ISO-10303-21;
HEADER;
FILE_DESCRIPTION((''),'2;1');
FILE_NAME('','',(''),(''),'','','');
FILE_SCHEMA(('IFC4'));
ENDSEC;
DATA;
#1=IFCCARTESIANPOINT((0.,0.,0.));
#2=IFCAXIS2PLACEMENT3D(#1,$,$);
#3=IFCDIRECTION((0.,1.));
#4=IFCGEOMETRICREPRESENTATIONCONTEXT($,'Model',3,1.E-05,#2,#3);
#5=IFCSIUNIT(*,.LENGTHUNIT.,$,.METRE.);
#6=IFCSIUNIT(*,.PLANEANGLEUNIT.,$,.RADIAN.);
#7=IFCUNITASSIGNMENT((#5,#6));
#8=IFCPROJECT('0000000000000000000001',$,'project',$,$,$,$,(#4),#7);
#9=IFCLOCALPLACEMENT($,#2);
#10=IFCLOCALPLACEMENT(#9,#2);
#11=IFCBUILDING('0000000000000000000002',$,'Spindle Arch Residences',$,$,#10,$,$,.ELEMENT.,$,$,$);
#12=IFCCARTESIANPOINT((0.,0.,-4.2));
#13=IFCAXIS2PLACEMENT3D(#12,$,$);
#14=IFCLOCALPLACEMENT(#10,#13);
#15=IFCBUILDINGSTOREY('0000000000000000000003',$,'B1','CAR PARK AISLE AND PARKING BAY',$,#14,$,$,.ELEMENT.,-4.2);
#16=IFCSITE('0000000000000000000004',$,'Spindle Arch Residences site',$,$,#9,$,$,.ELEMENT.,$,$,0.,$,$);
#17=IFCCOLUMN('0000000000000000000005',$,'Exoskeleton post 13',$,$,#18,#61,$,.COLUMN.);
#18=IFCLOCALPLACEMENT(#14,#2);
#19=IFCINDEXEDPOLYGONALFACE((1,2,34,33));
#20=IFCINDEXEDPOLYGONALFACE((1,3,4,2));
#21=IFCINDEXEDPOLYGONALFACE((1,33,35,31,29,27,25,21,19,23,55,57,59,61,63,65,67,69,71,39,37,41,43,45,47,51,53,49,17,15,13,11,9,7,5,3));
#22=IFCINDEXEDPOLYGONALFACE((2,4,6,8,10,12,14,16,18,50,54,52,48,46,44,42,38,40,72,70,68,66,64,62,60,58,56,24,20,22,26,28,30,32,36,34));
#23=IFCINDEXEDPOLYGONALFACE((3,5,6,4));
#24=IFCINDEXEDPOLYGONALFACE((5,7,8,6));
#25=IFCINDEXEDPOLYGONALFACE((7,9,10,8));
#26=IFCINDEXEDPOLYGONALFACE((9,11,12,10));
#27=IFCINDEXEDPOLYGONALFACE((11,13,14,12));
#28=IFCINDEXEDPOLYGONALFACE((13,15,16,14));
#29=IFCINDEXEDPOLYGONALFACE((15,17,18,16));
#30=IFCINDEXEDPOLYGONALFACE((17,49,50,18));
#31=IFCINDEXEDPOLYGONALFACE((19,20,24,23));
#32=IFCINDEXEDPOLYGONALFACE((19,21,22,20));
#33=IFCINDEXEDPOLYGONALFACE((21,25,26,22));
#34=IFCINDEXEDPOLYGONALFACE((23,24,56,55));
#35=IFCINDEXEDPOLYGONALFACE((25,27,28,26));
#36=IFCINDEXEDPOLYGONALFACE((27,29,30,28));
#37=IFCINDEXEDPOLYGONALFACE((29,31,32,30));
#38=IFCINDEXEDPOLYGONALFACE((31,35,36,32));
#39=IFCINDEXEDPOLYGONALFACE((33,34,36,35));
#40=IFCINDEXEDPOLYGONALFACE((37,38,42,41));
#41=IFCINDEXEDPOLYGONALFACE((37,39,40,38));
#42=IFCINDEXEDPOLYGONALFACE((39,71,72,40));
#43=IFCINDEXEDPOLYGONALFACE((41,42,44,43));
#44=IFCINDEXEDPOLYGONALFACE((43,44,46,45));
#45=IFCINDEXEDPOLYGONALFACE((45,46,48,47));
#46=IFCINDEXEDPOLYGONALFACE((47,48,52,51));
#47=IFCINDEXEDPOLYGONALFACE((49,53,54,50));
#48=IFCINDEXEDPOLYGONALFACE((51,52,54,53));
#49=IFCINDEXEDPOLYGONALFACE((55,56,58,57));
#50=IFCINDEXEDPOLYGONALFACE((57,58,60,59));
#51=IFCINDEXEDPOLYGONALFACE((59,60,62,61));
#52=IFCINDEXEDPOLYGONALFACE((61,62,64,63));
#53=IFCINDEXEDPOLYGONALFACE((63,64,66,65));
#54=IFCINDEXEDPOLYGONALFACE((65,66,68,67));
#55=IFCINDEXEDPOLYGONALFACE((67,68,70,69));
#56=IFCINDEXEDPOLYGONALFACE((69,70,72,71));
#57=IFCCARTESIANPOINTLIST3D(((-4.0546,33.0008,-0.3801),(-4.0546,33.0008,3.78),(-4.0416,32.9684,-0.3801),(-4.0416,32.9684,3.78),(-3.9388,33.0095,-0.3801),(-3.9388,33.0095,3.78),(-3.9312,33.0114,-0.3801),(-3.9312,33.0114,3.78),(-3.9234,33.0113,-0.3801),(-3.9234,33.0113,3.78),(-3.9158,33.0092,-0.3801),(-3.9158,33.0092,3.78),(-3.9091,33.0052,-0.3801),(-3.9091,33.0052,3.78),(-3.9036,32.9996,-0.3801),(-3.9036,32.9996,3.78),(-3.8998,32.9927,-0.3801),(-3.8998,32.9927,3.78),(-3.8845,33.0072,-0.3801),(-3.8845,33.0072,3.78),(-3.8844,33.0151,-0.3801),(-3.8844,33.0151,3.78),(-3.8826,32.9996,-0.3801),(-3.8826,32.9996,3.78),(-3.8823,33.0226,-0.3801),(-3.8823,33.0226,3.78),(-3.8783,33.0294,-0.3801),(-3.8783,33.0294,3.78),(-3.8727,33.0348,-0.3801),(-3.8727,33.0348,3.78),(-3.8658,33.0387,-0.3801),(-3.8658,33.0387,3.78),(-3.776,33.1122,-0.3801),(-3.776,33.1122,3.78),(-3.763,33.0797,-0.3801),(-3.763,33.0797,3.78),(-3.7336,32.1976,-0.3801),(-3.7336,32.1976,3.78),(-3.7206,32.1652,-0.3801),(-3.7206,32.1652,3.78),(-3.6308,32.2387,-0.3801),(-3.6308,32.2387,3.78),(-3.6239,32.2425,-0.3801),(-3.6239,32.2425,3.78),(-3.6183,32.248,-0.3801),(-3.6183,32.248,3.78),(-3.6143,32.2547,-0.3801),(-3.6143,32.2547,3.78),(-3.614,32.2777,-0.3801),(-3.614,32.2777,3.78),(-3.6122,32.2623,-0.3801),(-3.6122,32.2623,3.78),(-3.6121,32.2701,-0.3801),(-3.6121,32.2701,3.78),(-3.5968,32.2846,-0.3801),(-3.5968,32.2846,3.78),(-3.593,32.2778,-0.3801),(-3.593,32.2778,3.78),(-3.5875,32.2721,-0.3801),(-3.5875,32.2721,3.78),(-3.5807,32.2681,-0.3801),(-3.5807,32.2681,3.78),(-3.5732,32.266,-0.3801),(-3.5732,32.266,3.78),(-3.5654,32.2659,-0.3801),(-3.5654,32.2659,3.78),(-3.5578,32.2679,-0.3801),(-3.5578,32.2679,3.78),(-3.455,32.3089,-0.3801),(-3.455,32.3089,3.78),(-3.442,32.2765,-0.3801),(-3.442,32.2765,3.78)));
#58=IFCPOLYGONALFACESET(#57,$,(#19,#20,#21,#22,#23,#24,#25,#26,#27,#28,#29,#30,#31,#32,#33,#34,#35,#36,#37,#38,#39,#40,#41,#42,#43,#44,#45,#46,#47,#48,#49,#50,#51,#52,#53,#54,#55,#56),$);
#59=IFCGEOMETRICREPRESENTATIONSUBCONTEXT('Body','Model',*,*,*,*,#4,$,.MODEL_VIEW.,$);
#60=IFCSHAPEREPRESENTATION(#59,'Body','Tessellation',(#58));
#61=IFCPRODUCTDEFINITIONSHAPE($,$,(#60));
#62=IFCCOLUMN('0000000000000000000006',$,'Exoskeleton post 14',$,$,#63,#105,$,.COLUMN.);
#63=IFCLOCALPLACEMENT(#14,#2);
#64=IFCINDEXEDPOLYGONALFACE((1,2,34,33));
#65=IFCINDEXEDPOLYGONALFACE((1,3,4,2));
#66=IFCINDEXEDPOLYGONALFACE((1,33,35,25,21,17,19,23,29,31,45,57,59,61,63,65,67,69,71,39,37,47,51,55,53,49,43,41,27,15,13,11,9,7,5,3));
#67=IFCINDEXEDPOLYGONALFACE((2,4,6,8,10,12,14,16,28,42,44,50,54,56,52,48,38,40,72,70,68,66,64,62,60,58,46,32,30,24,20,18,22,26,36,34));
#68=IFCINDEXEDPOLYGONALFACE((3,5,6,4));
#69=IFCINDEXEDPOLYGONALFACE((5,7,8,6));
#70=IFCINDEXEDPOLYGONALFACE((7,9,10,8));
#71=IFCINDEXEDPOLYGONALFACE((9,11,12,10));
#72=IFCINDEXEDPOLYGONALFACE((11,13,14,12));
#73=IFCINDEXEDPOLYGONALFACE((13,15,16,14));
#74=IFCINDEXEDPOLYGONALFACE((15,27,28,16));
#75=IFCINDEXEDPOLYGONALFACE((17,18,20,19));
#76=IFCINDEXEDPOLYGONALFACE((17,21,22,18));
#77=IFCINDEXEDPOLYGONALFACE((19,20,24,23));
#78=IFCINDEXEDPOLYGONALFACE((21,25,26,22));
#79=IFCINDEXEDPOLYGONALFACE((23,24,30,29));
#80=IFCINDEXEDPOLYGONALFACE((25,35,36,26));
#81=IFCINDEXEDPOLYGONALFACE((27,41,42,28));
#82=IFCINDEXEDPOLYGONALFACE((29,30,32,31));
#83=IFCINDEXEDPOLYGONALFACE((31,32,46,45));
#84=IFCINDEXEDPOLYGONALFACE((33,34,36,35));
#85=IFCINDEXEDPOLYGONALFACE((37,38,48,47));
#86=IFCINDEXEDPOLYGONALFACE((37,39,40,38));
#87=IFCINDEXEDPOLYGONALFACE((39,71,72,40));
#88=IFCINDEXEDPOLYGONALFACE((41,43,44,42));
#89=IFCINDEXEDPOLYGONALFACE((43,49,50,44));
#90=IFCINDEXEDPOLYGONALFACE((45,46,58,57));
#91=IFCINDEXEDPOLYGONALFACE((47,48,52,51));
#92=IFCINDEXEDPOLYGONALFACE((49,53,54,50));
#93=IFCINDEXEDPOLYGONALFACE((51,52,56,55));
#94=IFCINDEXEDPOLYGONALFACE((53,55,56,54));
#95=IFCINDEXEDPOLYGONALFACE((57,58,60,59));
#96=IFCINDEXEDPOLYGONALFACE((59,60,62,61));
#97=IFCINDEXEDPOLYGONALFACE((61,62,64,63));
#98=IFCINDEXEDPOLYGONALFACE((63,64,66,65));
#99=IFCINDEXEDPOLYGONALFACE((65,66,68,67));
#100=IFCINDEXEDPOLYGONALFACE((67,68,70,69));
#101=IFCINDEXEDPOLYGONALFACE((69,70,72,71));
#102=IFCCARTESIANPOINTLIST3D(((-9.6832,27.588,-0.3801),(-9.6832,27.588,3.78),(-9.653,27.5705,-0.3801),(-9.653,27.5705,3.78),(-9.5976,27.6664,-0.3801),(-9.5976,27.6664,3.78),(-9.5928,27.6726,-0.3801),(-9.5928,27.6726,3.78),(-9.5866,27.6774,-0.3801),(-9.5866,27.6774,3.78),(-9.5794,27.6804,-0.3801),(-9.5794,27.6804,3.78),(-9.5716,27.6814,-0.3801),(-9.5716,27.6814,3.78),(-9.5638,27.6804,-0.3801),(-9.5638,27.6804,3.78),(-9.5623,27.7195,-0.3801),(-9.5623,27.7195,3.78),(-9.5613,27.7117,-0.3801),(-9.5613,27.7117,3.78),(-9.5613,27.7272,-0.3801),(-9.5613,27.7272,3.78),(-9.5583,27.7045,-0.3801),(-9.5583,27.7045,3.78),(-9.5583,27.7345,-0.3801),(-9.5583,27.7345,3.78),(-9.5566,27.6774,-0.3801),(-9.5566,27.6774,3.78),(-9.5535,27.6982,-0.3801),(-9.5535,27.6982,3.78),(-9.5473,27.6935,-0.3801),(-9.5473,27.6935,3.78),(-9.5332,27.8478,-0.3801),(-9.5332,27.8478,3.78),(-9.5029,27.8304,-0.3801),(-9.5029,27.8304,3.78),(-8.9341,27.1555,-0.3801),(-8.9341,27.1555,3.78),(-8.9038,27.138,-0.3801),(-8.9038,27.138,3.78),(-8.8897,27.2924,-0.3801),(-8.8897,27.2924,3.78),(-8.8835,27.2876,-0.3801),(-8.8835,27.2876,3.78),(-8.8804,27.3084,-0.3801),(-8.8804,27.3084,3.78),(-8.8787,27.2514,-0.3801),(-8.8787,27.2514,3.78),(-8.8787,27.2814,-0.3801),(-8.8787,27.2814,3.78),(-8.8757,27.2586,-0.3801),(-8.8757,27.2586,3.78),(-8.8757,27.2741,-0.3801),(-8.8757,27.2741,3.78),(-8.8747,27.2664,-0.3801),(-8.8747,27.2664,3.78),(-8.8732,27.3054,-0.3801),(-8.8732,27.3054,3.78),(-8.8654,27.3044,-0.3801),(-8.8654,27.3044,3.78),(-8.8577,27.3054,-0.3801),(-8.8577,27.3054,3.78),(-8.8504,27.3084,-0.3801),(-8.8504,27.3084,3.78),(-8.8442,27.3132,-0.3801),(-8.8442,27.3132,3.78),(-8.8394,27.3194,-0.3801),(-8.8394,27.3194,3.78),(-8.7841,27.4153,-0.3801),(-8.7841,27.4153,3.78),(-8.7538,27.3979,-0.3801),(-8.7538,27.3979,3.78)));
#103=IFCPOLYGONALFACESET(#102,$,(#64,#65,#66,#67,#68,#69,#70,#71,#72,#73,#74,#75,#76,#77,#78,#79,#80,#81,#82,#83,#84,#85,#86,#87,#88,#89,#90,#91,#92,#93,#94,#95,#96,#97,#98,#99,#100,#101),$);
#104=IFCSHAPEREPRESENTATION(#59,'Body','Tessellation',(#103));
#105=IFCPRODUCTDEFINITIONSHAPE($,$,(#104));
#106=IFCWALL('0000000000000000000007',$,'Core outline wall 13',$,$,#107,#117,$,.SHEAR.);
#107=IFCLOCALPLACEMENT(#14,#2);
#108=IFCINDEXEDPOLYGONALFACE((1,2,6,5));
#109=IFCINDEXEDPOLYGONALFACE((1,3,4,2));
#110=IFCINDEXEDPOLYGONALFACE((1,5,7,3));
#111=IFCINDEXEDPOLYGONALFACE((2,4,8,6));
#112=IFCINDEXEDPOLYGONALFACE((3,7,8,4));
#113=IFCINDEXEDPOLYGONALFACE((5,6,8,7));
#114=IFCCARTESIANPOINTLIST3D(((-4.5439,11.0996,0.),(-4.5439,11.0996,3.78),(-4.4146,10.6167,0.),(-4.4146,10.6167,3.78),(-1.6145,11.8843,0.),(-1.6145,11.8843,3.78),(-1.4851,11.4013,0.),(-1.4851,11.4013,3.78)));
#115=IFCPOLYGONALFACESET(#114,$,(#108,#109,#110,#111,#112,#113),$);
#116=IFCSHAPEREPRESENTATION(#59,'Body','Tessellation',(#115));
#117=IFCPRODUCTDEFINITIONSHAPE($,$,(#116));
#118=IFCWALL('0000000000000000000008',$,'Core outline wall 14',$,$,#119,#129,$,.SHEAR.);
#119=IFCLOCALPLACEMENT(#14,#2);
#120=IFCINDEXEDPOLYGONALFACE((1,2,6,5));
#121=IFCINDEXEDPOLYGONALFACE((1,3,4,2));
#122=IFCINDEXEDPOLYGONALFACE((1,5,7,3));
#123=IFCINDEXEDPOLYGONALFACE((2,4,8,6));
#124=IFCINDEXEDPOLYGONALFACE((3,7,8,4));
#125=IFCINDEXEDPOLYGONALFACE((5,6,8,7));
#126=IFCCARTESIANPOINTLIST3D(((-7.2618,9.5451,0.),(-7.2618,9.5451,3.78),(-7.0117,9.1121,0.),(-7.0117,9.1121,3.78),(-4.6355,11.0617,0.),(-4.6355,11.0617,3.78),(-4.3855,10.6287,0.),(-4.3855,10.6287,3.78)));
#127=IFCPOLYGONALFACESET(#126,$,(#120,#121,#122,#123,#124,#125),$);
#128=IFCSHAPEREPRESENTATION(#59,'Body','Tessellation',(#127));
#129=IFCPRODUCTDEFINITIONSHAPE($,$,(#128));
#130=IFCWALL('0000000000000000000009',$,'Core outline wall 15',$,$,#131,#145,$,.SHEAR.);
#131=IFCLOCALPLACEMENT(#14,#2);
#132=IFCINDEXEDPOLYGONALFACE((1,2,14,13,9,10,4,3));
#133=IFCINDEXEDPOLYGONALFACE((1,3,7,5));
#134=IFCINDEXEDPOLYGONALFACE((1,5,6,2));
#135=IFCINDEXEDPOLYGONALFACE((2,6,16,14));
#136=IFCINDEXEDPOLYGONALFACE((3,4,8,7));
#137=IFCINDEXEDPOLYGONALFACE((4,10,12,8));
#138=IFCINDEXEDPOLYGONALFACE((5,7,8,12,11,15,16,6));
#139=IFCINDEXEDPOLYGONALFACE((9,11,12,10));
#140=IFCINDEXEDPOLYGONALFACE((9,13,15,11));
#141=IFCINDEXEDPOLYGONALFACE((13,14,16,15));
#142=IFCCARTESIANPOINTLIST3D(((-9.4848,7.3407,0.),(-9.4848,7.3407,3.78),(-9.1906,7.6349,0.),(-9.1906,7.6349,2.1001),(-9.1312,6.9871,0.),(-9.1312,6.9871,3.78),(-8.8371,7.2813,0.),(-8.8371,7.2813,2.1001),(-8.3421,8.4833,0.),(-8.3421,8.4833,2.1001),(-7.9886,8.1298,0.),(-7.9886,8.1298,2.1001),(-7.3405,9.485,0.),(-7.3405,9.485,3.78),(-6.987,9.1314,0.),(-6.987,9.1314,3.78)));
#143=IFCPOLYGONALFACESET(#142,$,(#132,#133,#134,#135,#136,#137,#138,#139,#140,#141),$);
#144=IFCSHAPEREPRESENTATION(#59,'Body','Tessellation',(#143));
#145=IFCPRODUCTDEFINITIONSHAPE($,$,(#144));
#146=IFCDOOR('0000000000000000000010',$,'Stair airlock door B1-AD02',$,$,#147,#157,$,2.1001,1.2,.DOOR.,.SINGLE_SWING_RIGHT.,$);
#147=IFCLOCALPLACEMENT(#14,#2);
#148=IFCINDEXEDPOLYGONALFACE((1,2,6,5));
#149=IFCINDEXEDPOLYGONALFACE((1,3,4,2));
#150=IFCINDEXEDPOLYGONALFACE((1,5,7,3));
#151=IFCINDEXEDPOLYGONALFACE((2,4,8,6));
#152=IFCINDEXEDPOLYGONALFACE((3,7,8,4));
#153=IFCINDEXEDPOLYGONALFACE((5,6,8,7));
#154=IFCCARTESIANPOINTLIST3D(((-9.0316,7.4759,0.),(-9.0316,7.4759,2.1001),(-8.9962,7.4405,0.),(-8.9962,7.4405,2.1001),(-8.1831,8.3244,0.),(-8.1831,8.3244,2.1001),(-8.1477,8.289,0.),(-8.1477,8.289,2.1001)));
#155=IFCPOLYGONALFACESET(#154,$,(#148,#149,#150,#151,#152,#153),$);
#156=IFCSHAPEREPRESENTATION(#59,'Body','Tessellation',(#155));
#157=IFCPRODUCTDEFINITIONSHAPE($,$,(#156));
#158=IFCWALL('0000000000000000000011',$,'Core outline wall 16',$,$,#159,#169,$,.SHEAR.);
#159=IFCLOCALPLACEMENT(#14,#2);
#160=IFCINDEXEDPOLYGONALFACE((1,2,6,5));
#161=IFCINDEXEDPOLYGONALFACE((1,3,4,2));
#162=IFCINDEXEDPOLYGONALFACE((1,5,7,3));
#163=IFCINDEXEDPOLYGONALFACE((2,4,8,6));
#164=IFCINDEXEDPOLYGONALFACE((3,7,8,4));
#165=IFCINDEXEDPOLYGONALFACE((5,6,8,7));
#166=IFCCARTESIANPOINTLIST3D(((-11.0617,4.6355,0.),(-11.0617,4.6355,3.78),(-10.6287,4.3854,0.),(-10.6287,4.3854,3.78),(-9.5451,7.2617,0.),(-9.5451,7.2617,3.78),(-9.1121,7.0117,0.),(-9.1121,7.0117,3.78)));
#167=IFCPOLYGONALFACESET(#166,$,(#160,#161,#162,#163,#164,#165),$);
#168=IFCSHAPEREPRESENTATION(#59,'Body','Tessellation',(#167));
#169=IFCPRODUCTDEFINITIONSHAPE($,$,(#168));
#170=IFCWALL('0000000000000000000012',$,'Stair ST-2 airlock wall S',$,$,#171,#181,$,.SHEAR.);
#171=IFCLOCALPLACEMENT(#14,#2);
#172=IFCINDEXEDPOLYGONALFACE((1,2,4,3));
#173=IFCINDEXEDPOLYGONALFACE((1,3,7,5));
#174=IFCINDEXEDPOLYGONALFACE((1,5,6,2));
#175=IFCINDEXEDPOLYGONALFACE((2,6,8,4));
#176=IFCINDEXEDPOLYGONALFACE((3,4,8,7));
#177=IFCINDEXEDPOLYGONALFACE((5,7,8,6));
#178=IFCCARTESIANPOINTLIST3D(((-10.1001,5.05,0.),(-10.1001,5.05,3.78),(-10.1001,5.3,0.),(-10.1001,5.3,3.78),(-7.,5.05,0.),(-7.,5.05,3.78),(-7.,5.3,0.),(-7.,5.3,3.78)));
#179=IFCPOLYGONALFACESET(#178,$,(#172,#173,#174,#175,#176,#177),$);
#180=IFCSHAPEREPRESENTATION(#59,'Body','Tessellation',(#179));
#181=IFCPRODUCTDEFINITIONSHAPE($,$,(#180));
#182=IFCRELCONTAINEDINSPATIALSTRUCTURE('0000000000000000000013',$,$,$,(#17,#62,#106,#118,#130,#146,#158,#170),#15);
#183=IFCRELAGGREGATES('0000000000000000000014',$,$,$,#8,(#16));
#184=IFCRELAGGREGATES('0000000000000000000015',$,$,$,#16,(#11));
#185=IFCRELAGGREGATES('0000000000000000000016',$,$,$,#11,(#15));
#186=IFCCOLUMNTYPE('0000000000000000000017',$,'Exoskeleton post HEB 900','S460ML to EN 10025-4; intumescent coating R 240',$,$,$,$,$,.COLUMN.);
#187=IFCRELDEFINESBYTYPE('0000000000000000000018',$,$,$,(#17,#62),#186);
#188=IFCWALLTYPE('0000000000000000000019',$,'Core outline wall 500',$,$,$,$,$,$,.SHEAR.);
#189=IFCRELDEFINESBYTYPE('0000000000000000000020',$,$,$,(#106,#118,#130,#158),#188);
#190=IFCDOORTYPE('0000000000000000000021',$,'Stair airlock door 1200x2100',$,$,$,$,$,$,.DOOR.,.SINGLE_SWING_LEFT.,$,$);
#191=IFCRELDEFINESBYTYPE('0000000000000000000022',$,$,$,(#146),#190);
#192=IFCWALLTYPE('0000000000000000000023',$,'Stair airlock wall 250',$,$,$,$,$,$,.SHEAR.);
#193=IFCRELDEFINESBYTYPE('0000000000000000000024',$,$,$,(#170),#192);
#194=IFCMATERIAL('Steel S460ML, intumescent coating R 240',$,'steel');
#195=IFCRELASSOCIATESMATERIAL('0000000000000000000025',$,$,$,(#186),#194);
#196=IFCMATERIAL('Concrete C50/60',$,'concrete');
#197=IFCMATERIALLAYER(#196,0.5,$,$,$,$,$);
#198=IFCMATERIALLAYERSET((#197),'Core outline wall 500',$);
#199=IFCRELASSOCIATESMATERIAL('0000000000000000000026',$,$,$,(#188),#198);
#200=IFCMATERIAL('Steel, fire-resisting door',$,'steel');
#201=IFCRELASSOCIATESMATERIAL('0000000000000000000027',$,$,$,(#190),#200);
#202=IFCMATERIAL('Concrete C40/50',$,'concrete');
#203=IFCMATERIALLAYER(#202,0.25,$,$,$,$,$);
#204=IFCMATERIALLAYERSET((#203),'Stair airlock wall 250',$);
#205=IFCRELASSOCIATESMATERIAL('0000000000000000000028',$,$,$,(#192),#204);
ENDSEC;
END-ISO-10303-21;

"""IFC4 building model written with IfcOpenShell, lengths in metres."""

from ifc_helpers import new_model, si_unit, direction, frame, frame_2d, origin, origin_2d, place, context, subcontext, project, spatial, rectangle, i_section, extrude, material, layer, layer_set, material_profile, profile_set, type_object, element, fill, save


model = new_model("IFC4")

# Units and contexts
model_context = context("Model", 3, precision=1e-05, world=origin(), true_north=direction((0.0, 1.0)))
body_context = subcontext(model_context, "Body", "Model", "MODEL_VIEW")
ifc_project = project(units=[si_unit("LENGTHUNIT", "METRE"), si_unit("PLANEANGLEUNIT", "RADIAN")], contexts=[model_context])

# Site, building, storey
site_placement = place(None, origin())
site = spatial("IfcSite", under=ifc_project, at=site_placement, Name="Spindle Arch Residences site", CompositionType="ELEMENT", RefElevation=0.0)
building_placement = place(site_placement, origin())
building = spatial("IfcBuilding", under=site, at=building_placement, Name="Spindle Arch Residences", CompositionType="ELEMENT")
storey_placement = place(building_placement, frame((0.0, 0.0, -4.2)))
storey = spatial("IfcBuildingStorey", under=building, at=storey_placement, Name="B1", Description="CAR PARK AISLE AND PARKING BAY", CompositionType="ELEMENT", Elevation=-4.2)

# Columns
ifc_material_1 = material(Name="Steel S460ML, intumescent coating R 240", Category="steel")
ifc_material_profile = material_profile(ifc_material_1, i_section(OverallWidth=0.3, OverallDepth=0.8999, WebThickness=0.0186, FlangeThickness=0.0349, FilletRadius=0.03, at=origin_2d()), Name="HEB 900")
ifc_profile_set = profile_set([ifc_material_profile], Name="Steel S460ML, intumescent coating R 240")
column_type = type_object("IfcColumnType", Name="Exoskeleton post HEB 900", Description="S460ML to EN 10025-4; intumescent coating R 240", PredefinedType="COLUMN", material=ifc_profile_set)
for number, where, z_axis, x_axis, name in (
    (1, (-3.7483, 32.6387, -0.3801), (0.0, 0.0, 1.0), (0.92859, 0.371108, 0.0), "Exoskeleton post 13"),
    (2, (-9.2185, 27.4929, -0.3801), (0.0, 0.0, 1.0), (0.5, 0.866025, 0.0), "Exoskeleton post 14"),
):
    element("IfcColumn", number, at=place(storey_placement, frame(where, z_axis=z_axis, x_axis=x_axis)), inside=storey, type_object=column_type, Name=name, PredefinedType="COLUMN", context=body_context, shape_type="SweptSolid", body=[
        extrude(i_section(OverallWidth=0.3, OverallDepth=0.8999, WebThickness=0.0186, FlangeThickness=0.0349, FilletRadius=0.03, at=origin_2d()), origin(), (0.0, 0.0, 1.0), 4.1602),
    ])

# Walls
ifc_material_2 = material(Name="Concrete C50/60", Category="concrete")
ifc_layer_1 = layer(ifc_material_2, 0.5)
ifc_layer_set_1 = layer_set([ifc_layer_1], Name="Core outline wall 500")
wall_type_1 = type_object("IfcWallType", Name="Core outline wall 500", PredefinedType="SHEAR", material=ifc_layer_set_1)
for number, where, z_axis, x_axis, name in (
    (3, (-1.5498, 11.6428, 0.0), (0.0, 0.0, 1.0), (-0.965948, -0.258735, 0.0), "Core outline wall 13"),
    (4, (-4.5105, 10.8452, 0.0), (0.0, 0.0, 1.0), (-0.865975, -0.500087, 0.0), "Core outline wall 14"),
):
    element("IfcWall", number, at=place(storey_placement, frame(where, z_axis=z_axis, x_axis=x_axis)), inside=storey, type_object=wall_type_1, Name=name, PredefinedType="SHEAR", context=body_context, shape_type="SweptSolid", body=[
        extrude(rectangle(XDim=3.0327, YDim=0.5, at=frame_2d((1.5164, 0.0))), origin(), (0.0, 0.0, 1.0), 3.78),
    ])

# Wall, opening, door
wall_1_placement = place(storey_placement, frame((-7.1638, 9.3081, 0.0), z_axis=(0.0, 0.0, 1.0), x_axis=(-0.707107, -0.707107, 0.0)))
wall_1 = element("IfcWall", 5, at=wall_1_placement, inside=storey, type_object=wall_type_1, Name="Core outline wall 15", PredefinedType="SHEAR", context=body_context, shape_type="SweptSolid", body=[
    extrude(rectangle(XDim=3.0325, YDim=0.5, at=frame_2d((1.5161, 0.0))), origin(), (0.0, 0.0, 1.0), 3.78),
])
opening_1_placement = place(wall_1_placement, frame((1.4163, 0.0, 0.0)))
opening_1 = element("IfcOpeningElement", 6, at=opening_1_placement, cuts=wall_1, PredefinedType="OPENING", context=body_context, shape_type="SweptSolid", body=[
    extrude(rectangle(XDim=1.2, YDim=2.1001, at=frame_2d((0.6001, 1.05))), frame((0.0, 0.26, 0.0), z_axis=(0.0, -1.0, 0.0), x_axis=(1.0, 0.0, 0.0)), (0.0, 0.0, 1.0), 0.52),
])
ifc_material_3 = material(Name="Steel, fire-resisting door", Category="steel")
door_type_1 = type_object("IfcDoorType", Name="Stair airlock door 1200x2100", OperationType="SINGLE_SWING_LEFT", PredefinedType="DOOR", material=ifc_material_3)
door_1_placement = place(opening_1_placement, origin())
door_1 = element("IfcDoor", 7, at=door_1_placement, inside=storey, type_object=door_type_1, Name="Stair airlock door B1-AD02", OperationType="SINGLE_SWING_RIGHT", OverallHeight=2.1001, OverallWidth=1.2, PredefinedType="DOOR", context=body_context, shape_type="SweptSolid", body=[
    extrude(rectangle(XDim=1.2, YDim=2.1001, at=frame_2d((0.6001, 1.05))), frame((0.0, 0.0249, 0.0), z_axis=(0.0, -1.0, 0.0), x_axis=(1.0, 0.0, 0.0)), (0.0, 0.0, 1.0), 0.05),
])
fill(opening_1, door_1)

# Walls
wall_2_placement = place(storey_placement, frame((-9.3286, 7.1367, 0.0), z_axis=(0.0, 0.0, 1.0), x_axis=(-0.500087, -0.865975, 0.0)))
element("IfcWall", 8, at=wall_2_placement, inside=storey, type_object=wall_type_1, Name="Core outline wall 16", PredefinedType="SHEAR", context=body_context, shape_type="SweptSolid", body=[
    extrude(rectangle(XDim=3.0327, YDim=0.5, at=frame_2d((1.5164, 0.0))), origin(), (0.0, 0.0, 1.0), 3.78),
])
ifc_material_4 = material(Name="Concrete C40/50", Category="concrete")
ifc_layer_2 = layer(ifc_material_4, 0.25)
ifc_layer_set_2 = layer_set([ifc_layer_2], Name="Stair airlock wall 250")
wall_type_2 = type_object("IfcWallType", Name="Stair airlock wall 250", PredefinedType="SHEAR", material=ifc_layer_set_2)
wall_3_placement = place(storey_placement, frame((-7.0, 5.175, 0.0), z_axis=(0.0, 0.0, 1.0), x_axis=(-1.0, 0.0, 0.0)))
element("IfcWall", 9, at=wall_3_placement, inside=storey, type_object=wall_type_2, Name="Stair ST-2 airlock wall S", PredefinedType="SHEAR", context=body_context, shape_type="SweptSolid", body=[
    extrude(rectangle(XDim=3.1001, YDim=0.25, at=frame_2d((1.55, 0.0))), origin(), (0.0, 0.0, 1.0), 3.78),
])

save(model, "model.ifc")
